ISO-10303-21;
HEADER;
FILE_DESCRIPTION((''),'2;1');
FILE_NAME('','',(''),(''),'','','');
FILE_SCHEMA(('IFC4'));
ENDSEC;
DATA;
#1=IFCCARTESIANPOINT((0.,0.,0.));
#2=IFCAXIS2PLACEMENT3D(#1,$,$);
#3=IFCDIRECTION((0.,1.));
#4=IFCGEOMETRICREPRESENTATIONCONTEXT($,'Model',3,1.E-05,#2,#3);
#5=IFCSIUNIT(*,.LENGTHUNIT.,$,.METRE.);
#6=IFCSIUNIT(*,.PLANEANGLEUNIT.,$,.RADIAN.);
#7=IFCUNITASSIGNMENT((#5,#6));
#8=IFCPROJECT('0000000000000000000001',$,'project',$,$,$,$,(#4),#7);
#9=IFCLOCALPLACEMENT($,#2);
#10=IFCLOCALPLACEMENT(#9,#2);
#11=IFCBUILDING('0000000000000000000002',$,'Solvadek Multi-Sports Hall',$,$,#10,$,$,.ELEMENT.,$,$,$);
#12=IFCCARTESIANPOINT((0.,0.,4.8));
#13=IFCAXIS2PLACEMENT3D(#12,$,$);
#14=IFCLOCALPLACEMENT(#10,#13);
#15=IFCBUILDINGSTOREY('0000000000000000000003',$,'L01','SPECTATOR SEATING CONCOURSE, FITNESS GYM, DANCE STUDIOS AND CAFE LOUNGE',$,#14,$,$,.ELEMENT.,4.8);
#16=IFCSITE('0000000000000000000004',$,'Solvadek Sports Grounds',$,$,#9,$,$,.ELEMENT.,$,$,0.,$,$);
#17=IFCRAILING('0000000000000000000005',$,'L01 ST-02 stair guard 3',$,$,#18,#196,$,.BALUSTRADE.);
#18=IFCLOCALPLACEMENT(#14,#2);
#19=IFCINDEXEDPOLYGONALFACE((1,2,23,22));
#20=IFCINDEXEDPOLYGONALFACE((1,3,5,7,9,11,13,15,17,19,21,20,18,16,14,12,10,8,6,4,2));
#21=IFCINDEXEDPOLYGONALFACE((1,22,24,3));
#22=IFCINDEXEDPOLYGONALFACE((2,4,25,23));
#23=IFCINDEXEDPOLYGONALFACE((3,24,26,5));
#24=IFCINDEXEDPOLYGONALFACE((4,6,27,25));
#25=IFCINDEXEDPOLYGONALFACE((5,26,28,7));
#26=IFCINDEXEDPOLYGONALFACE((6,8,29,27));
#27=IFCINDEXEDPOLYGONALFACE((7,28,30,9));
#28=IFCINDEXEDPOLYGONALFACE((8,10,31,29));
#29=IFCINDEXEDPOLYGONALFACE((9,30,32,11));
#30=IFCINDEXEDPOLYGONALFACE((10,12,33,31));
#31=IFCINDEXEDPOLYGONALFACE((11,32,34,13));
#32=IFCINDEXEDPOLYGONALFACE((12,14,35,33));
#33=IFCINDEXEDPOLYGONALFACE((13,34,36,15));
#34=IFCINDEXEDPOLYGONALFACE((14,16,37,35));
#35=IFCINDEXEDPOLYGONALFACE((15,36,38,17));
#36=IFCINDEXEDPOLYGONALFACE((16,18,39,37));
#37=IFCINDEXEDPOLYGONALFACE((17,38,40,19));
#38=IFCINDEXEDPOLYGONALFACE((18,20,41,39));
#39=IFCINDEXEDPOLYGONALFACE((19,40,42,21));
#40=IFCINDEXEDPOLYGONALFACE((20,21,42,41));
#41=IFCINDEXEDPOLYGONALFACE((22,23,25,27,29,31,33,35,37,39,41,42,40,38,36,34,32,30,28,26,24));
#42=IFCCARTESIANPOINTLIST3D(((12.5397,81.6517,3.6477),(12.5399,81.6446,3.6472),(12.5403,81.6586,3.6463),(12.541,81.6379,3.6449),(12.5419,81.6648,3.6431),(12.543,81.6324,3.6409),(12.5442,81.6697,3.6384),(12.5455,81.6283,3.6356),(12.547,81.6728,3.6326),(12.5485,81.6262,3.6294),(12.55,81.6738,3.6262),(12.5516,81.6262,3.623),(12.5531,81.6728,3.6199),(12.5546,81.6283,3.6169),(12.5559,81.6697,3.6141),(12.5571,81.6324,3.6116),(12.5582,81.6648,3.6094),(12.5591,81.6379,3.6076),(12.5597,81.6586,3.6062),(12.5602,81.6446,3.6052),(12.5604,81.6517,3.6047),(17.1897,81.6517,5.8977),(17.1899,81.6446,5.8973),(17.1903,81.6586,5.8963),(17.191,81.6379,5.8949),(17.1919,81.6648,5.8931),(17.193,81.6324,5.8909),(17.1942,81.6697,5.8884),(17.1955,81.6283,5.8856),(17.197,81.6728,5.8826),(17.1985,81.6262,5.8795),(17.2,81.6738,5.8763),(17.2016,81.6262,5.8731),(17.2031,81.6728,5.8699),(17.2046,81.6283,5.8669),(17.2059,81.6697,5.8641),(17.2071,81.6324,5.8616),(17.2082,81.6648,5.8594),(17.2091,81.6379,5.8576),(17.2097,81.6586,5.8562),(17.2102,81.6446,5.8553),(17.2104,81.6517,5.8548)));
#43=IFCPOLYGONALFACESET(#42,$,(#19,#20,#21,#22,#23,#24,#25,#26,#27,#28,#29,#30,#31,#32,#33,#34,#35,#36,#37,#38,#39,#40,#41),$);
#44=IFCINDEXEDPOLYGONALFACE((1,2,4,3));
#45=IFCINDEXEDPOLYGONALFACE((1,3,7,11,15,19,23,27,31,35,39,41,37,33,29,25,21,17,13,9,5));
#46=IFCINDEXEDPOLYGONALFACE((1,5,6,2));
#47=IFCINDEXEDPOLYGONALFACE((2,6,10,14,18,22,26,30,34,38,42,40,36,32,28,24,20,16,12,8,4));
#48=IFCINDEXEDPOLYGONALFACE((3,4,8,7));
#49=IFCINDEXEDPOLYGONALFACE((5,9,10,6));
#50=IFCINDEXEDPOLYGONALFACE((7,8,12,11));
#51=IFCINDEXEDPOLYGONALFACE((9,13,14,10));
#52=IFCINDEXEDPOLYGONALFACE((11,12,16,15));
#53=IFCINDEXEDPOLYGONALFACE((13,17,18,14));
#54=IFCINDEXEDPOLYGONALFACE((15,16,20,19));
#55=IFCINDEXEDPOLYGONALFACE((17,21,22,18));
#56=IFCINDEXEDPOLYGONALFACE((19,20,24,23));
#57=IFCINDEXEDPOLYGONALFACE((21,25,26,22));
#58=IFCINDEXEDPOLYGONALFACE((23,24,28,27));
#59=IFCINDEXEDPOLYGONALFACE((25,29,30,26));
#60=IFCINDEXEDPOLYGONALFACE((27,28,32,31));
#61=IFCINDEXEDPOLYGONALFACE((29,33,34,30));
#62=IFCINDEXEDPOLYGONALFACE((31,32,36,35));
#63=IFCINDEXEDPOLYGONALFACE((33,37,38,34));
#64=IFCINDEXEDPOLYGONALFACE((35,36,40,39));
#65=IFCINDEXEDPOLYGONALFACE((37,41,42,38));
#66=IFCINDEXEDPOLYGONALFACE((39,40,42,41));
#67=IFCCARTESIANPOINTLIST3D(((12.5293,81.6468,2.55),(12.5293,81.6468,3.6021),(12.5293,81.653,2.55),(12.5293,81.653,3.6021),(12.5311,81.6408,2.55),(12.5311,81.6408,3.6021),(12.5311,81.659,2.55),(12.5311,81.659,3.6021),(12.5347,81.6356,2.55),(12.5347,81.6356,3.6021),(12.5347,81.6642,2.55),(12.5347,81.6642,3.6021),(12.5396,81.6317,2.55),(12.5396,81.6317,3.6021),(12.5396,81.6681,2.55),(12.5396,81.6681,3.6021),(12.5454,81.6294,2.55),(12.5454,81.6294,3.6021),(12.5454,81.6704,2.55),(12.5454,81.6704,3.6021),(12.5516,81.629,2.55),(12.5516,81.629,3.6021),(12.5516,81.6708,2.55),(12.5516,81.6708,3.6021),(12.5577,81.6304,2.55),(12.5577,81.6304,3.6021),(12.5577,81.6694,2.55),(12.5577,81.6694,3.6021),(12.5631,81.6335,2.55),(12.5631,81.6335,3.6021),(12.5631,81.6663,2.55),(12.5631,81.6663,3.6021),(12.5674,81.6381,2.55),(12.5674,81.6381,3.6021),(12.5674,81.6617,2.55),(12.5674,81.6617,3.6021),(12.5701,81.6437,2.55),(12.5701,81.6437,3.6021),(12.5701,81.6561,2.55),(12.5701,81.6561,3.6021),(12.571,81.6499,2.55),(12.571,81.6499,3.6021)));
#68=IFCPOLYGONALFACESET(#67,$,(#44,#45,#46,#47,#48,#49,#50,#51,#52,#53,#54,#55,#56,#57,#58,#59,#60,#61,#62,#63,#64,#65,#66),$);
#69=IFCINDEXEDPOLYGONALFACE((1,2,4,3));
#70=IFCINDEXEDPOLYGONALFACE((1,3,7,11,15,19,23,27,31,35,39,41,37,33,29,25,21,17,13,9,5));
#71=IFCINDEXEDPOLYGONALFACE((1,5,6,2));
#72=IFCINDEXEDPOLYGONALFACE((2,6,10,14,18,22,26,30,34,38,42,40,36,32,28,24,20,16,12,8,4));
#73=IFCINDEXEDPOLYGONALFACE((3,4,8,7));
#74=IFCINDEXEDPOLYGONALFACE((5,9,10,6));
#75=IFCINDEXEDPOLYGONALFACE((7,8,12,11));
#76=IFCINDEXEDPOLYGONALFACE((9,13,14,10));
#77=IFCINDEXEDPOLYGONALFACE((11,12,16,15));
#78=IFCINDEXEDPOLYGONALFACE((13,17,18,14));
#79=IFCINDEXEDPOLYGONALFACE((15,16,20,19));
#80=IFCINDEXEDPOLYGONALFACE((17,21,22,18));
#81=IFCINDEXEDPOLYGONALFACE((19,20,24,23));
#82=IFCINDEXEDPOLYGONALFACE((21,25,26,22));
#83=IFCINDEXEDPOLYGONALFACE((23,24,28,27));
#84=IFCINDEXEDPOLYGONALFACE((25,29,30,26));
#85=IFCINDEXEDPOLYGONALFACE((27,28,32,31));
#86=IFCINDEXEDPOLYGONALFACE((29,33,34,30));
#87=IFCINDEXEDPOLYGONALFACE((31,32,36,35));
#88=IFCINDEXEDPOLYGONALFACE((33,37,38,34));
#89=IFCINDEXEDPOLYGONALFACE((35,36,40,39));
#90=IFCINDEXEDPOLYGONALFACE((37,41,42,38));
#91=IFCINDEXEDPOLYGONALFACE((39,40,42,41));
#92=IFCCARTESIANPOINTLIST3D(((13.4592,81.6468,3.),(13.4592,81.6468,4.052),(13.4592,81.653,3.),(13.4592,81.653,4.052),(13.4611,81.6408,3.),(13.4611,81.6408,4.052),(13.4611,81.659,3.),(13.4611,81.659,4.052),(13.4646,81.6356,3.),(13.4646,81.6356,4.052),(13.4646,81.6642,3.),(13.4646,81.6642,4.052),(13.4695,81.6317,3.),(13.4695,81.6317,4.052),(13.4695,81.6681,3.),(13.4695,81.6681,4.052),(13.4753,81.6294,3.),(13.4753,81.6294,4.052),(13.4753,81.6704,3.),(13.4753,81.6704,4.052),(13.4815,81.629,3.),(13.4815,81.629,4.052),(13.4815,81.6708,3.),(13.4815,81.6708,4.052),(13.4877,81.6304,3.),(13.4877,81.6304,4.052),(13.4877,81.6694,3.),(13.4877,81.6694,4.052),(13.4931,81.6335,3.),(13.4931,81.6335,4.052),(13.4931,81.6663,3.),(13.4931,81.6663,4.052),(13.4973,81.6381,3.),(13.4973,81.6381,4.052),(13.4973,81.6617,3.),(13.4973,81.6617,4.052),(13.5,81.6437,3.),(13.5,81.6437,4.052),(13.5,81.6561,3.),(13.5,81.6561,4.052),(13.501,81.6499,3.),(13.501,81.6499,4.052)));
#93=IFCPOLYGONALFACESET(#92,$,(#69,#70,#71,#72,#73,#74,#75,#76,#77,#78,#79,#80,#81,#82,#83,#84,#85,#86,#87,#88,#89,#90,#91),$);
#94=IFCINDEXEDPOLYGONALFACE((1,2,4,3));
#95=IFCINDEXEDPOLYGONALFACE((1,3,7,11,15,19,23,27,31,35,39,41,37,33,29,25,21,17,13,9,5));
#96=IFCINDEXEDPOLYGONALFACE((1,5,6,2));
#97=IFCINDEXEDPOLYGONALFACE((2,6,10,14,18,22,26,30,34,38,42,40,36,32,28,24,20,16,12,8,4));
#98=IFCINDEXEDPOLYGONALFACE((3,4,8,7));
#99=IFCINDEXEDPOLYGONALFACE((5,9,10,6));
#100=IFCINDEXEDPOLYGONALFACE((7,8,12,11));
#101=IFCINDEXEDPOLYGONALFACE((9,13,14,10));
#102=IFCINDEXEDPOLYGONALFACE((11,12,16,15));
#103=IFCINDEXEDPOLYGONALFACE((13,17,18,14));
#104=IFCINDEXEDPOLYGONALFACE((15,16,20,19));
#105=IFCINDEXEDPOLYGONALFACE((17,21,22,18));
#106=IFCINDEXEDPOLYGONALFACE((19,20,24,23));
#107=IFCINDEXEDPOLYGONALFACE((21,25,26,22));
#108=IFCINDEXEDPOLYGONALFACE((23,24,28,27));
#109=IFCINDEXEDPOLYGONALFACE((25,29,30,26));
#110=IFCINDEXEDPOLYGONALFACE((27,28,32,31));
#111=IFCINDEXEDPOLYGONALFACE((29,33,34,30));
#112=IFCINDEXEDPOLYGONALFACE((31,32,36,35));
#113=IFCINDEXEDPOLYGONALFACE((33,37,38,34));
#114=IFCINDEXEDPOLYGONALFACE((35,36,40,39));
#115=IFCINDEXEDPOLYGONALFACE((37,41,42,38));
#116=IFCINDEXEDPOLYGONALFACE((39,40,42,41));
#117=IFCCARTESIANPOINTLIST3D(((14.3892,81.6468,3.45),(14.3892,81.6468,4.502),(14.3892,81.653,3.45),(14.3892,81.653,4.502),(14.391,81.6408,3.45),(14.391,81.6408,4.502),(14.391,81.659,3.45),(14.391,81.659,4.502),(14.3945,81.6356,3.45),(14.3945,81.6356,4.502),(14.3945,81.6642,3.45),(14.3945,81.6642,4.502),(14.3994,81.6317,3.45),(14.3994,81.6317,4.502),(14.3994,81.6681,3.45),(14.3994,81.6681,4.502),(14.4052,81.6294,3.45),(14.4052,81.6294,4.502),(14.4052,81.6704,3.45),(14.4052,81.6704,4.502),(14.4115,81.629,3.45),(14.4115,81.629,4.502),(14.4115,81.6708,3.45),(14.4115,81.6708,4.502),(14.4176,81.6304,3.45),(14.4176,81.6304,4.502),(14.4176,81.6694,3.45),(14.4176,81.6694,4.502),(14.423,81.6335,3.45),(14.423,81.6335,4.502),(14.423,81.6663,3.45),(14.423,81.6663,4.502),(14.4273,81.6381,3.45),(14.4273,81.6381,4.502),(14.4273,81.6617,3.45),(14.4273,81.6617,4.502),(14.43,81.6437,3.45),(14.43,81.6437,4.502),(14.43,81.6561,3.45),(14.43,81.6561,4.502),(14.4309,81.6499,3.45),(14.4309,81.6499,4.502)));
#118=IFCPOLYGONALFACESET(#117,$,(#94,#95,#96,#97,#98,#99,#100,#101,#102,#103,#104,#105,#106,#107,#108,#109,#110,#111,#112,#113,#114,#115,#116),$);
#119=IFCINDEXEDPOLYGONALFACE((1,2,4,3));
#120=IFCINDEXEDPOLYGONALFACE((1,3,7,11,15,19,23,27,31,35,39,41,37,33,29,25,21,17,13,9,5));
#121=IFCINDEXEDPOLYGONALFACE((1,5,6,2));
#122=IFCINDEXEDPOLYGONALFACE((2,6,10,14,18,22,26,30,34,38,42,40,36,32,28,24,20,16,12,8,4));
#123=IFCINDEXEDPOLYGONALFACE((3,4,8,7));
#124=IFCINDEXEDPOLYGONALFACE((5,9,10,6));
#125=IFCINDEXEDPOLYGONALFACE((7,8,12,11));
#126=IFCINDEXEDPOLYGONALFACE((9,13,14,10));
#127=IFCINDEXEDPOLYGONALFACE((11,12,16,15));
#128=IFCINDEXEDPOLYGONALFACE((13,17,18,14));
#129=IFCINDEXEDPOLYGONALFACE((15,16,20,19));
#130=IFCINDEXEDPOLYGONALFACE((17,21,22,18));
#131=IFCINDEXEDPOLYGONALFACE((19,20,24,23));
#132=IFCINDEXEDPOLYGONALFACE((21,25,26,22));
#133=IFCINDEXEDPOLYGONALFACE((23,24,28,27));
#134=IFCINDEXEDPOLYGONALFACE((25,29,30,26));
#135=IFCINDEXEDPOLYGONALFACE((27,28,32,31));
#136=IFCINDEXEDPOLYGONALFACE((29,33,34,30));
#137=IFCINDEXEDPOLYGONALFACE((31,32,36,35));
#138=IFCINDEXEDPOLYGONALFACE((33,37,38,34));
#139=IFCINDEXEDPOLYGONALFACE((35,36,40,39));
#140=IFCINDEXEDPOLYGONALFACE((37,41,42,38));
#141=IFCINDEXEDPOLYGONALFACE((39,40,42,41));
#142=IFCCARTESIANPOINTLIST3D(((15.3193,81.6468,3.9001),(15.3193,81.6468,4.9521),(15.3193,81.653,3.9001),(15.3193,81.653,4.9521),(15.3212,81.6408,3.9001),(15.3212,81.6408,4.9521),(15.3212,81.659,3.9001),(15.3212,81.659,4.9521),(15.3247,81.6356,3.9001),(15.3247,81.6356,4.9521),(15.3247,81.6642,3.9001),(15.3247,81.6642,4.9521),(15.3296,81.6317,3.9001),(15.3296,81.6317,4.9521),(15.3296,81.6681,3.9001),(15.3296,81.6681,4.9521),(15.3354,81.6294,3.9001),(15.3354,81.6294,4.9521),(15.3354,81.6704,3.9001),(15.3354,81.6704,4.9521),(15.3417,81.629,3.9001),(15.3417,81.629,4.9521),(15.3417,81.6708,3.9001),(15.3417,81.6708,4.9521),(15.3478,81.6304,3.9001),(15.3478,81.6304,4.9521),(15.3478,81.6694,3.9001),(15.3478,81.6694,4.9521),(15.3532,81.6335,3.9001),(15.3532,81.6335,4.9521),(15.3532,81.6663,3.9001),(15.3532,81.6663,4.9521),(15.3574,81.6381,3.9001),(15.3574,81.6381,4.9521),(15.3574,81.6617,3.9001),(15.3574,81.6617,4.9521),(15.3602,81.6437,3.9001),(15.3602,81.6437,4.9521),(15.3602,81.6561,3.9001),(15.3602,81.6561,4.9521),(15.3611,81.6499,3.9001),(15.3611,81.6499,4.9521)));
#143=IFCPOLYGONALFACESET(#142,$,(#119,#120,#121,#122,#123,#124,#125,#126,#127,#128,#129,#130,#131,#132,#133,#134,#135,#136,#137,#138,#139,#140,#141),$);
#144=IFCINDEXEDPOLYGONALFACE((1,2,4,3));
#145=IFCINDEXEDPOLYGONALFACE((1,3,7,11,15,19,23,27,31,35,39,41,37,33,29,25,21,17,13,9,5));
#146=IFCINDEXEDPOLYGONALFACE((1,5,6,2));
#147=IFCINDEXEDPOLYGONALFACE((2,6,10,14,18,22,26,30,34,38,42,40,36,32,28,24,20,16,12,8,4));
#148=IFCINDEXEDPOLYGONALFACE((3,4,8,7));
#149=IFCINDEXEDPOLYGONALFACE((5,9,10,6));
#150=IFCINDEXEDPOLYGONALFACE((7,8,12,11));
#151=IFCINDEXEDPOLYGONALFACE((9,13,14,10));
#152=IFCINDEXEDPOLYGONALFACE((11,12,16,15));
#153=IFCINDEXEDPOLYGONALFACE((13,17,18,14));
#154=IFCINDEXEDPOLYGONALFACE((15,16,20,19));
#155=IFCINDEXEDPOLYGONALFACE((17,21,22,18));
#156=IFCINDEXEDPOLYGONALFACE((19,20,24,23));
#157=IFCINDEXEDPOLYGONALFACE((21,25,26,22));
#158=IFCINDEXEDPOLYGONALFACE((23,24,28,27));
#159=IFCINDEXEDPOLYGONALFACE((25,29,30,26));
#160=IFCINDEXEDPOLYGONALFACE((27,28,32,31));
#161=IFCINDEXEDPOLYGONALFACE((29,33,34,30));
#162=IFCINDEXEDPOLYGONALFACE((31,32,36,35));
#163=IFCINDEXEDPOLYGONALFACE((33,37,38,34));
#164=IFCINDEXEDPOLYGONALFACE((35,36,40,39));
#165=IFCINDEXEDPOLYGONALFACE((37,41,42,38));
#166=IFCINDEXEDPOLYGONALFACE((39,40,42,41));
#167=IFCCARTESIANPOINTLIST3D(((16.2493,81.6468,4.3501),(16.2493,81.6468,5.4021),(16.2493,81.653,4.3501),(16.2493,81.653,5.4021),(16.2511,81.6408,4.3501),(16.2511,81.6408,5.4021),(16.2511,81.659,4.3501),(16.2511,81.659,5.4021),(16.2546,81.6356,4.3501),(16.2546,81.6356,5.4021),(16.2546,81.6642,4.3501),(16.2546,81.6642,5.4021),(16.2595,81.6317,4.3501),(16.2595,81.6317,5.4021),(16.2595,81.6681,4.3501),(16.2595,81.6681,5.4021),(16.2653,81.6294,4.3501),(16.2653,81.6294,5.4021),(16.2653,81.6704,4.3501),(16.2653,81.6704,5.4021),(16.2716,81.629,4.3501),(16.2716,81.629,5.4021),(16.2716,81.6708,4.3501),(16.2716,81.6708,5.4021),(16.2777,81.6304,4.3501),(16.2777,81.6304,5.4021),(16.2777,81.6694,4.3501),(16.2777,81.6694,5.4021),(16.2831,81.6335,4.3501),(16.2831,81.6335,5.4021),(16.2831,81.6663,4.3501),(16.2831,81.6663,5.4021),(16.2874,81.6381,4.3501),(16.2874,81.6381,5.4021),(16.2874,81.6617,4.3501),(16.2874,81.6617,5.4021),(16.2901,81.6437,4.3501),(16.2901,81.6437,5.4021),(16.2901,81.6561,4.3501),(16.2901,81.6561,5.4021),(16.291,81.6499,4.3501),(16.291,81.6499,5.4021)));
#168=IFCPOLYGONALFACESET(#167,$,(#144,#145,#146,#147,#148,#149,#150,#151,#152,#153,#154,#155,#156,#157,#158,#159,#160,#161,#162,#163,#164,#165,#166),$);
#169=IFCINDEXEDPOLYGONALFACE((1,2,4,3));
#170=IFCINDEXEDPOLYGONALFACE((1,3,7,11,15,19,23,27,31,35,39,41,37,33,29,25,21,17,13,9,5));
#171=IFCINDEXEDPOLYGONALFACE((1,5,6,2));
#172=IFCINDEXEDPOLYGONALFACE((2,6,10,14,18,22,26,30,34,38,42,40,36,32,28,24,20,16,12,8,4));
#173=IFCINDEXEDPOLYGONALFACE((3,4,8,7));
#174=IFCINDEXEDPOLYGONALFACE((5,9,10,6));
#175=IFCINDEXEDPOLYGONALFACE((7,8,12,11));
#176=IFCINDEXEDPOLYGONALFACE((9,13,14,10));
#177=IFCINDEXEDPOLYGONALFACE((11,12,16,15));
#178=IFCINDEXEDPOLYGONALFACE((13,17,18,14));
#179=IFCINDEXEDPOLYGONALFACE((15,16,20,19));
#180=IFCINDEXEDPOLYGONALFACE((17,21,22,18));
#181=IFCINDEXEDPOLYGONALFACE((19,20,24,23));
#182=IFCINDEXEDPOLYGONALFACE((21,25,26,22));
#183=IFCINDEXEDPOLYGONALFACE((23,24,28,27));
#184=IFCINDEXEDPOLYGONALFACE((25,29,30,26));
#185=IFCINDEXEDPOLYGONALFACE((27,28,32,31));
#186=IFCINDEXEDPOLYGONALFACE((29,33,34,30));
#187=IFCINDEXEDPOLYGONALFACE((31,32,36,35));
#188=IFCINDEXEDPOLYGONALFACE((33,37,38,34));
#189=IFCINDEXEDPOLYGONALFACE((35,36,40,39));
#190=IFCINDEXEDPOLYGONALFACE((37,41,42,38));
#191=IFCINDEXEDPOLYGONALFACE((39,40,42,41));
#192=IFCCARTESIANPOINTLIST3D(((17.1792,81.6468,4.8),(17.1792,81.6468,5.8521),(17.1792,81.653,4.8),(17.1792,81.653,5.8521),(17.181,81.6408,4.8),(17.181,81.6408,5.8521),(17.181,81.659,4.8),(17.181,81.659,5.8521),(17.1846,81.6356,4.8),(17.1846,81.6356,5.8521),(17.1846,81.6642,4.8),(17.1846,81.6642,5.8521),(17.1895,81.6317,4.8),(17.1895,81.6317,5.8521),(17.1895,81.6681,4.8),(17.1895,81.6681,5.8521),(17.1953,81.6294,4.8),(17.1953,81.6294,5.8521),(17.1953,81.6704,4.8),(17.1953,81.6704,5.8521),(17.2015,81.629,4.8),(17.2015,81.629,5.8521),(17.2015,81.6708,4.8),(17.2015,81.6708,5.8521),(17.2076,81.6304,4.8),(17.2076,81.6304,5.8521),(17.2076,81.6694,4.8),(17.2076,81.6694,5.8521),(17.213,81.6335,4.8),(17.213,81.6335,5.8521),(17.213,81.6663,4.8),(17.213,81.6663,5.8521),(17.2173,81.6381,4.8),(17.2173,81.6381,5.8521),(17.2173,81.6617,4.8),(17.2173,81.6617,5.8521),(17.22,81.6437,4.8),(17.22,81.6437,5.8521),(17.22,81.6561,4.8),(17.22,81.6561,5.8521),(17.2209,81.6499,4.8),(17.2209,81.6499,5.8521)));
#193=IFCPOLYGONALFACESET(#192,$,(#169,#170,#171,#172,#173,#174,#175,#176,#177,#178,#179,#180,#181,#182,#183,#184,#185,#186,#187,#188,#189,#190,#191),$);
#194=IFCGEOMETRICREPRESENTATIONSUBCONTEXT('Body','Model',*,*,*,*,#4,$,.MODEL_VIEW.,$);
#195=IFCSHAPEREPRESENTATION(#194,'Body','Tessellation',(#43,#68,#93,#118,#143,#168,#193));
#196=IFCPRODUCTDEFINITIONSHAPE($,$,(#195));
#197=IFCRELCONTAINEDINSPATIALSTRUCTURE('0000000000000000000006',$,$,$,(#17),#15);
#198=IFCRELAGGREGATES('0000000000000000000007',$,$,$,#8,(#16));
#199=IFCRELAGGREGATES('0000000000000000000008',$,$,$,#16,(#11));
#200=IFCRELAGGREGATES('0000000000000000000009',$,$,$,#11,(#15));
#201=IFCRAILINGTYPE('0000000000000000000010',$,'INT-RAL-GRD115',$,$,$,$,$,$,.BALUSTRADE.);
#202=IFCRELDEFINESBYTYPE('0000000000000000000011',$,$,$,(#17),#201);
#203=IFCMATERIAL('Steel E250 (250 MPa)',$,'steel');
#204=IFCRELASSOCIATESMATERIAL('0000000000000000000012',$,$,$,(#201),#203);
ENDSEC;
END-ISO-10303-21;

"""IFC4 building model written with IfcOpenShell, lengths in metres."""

from ifc_helpers import new_model, si_unit, direction, frame, origin, origin_2d, place, context, subcontext, project, spatial, circle, extrude, material, type_object, element, save


model = new_model("IFC4")

# Units and contexts
model_context = context("Model", 3, precision=1e-05, world=origin(), true_north=direction((0.0, 1.0)))
body_context = subcontext(model_context, "Body", "Model", "MODEL_VIEW")
ifc_project = project(units=[si_unit("LENGTHUNIT", "METRE"), si_unit("PLANEANGLEUNIT", "RADIAN")], contexts=[model_context])

# Site, building, storey
site_placement = place(None, origin())
site = spatial("IfcSite", under=ifc_project, at=site_placement, Name="Solvadek Sports Grounds", CompositionType="ELEMENT", RefElevation=0.0)
building_placement = place(site_placement, origin())
building = spatial("IfcBuilding", under=site, at=building_placement, Name="Solvadek Multi-Sports Hall", CompositionType="ELEMENT")
storey_placement = place(building_placement, frame((0.0, 0.0, 4.8)))
storey = spatial("IfcBuildingStorey", under=building, at=storey_placement, Name="L01", Description="SPECTATOR SEATING CONCOURSE, FITNESS GYM, DANCE STUDIOS AND CAFE LOUNGE", CompositionType="ELEMENT", Elevation=4.8)

# Railing
ifc_material_1 = material(Name="Steel E250 (250 MPa)", Category="steel")
railing_type_1 = type_object("IfcRailingType", Name="INT-RAL-GRD115", PredefinedType="BALUSTRADE", material=ifc_material_1)
railing_1_placement = place(storey_placement, frame((12.55, 81.6499, 2.55)))
element("IfcRailing", 1, at=railing_1_placement, inside=storey, type_object=railing_type_1, Name="L01 ST-02 stair guard 3", PredefinedType="BALUSTRADE", context=body_context, shape_type="SweptSolid", body=[
    extrude(circle(Radius=0.0239, at=origin_2d()), frame((0.0, 0.0, 1.0762), z_axis=(0.900156, 0.0, 0.435568), x_axis=(0.0, 1.0, 0.0)), (0.0, 0.0, 1.0), 5.1658),
    extrude(circle(Radius=0.021, at=origin_2d()), origin(), (0.0, 0.0, 1.0), 1.052),
    extrude(circle(Radius=0.021, at=origin_2d()), frame((0.9299, 0.0, 0.45)), (0.0, 0.0, 1.0), 1.052),
    extrude(circle(Radius=0.021, at=origin_2d()), frame((1.8599, 0.0, 0.8999)), (0.0, 0.0, 1.0), 1.052),
    extrude(circle(Radius=0.021, at=origin_2d()), frame((2.79, 0.0, 1.3501)), (0.0, 0.0, 1.0), 1.052),
    extrude(circle(Radius=0.021, at=origin_2d()), frame((3.72, 0.0, 1.8)), (0.0, 0.0, 1.0), 1.052),
    extrude(circle(Radius=0.021, at=origin_2d()), frame((4.6499, 0.0, 2.25)), (0.0, 0.0, 1.0), 1.052),
])

save(model, "model.ifc")
